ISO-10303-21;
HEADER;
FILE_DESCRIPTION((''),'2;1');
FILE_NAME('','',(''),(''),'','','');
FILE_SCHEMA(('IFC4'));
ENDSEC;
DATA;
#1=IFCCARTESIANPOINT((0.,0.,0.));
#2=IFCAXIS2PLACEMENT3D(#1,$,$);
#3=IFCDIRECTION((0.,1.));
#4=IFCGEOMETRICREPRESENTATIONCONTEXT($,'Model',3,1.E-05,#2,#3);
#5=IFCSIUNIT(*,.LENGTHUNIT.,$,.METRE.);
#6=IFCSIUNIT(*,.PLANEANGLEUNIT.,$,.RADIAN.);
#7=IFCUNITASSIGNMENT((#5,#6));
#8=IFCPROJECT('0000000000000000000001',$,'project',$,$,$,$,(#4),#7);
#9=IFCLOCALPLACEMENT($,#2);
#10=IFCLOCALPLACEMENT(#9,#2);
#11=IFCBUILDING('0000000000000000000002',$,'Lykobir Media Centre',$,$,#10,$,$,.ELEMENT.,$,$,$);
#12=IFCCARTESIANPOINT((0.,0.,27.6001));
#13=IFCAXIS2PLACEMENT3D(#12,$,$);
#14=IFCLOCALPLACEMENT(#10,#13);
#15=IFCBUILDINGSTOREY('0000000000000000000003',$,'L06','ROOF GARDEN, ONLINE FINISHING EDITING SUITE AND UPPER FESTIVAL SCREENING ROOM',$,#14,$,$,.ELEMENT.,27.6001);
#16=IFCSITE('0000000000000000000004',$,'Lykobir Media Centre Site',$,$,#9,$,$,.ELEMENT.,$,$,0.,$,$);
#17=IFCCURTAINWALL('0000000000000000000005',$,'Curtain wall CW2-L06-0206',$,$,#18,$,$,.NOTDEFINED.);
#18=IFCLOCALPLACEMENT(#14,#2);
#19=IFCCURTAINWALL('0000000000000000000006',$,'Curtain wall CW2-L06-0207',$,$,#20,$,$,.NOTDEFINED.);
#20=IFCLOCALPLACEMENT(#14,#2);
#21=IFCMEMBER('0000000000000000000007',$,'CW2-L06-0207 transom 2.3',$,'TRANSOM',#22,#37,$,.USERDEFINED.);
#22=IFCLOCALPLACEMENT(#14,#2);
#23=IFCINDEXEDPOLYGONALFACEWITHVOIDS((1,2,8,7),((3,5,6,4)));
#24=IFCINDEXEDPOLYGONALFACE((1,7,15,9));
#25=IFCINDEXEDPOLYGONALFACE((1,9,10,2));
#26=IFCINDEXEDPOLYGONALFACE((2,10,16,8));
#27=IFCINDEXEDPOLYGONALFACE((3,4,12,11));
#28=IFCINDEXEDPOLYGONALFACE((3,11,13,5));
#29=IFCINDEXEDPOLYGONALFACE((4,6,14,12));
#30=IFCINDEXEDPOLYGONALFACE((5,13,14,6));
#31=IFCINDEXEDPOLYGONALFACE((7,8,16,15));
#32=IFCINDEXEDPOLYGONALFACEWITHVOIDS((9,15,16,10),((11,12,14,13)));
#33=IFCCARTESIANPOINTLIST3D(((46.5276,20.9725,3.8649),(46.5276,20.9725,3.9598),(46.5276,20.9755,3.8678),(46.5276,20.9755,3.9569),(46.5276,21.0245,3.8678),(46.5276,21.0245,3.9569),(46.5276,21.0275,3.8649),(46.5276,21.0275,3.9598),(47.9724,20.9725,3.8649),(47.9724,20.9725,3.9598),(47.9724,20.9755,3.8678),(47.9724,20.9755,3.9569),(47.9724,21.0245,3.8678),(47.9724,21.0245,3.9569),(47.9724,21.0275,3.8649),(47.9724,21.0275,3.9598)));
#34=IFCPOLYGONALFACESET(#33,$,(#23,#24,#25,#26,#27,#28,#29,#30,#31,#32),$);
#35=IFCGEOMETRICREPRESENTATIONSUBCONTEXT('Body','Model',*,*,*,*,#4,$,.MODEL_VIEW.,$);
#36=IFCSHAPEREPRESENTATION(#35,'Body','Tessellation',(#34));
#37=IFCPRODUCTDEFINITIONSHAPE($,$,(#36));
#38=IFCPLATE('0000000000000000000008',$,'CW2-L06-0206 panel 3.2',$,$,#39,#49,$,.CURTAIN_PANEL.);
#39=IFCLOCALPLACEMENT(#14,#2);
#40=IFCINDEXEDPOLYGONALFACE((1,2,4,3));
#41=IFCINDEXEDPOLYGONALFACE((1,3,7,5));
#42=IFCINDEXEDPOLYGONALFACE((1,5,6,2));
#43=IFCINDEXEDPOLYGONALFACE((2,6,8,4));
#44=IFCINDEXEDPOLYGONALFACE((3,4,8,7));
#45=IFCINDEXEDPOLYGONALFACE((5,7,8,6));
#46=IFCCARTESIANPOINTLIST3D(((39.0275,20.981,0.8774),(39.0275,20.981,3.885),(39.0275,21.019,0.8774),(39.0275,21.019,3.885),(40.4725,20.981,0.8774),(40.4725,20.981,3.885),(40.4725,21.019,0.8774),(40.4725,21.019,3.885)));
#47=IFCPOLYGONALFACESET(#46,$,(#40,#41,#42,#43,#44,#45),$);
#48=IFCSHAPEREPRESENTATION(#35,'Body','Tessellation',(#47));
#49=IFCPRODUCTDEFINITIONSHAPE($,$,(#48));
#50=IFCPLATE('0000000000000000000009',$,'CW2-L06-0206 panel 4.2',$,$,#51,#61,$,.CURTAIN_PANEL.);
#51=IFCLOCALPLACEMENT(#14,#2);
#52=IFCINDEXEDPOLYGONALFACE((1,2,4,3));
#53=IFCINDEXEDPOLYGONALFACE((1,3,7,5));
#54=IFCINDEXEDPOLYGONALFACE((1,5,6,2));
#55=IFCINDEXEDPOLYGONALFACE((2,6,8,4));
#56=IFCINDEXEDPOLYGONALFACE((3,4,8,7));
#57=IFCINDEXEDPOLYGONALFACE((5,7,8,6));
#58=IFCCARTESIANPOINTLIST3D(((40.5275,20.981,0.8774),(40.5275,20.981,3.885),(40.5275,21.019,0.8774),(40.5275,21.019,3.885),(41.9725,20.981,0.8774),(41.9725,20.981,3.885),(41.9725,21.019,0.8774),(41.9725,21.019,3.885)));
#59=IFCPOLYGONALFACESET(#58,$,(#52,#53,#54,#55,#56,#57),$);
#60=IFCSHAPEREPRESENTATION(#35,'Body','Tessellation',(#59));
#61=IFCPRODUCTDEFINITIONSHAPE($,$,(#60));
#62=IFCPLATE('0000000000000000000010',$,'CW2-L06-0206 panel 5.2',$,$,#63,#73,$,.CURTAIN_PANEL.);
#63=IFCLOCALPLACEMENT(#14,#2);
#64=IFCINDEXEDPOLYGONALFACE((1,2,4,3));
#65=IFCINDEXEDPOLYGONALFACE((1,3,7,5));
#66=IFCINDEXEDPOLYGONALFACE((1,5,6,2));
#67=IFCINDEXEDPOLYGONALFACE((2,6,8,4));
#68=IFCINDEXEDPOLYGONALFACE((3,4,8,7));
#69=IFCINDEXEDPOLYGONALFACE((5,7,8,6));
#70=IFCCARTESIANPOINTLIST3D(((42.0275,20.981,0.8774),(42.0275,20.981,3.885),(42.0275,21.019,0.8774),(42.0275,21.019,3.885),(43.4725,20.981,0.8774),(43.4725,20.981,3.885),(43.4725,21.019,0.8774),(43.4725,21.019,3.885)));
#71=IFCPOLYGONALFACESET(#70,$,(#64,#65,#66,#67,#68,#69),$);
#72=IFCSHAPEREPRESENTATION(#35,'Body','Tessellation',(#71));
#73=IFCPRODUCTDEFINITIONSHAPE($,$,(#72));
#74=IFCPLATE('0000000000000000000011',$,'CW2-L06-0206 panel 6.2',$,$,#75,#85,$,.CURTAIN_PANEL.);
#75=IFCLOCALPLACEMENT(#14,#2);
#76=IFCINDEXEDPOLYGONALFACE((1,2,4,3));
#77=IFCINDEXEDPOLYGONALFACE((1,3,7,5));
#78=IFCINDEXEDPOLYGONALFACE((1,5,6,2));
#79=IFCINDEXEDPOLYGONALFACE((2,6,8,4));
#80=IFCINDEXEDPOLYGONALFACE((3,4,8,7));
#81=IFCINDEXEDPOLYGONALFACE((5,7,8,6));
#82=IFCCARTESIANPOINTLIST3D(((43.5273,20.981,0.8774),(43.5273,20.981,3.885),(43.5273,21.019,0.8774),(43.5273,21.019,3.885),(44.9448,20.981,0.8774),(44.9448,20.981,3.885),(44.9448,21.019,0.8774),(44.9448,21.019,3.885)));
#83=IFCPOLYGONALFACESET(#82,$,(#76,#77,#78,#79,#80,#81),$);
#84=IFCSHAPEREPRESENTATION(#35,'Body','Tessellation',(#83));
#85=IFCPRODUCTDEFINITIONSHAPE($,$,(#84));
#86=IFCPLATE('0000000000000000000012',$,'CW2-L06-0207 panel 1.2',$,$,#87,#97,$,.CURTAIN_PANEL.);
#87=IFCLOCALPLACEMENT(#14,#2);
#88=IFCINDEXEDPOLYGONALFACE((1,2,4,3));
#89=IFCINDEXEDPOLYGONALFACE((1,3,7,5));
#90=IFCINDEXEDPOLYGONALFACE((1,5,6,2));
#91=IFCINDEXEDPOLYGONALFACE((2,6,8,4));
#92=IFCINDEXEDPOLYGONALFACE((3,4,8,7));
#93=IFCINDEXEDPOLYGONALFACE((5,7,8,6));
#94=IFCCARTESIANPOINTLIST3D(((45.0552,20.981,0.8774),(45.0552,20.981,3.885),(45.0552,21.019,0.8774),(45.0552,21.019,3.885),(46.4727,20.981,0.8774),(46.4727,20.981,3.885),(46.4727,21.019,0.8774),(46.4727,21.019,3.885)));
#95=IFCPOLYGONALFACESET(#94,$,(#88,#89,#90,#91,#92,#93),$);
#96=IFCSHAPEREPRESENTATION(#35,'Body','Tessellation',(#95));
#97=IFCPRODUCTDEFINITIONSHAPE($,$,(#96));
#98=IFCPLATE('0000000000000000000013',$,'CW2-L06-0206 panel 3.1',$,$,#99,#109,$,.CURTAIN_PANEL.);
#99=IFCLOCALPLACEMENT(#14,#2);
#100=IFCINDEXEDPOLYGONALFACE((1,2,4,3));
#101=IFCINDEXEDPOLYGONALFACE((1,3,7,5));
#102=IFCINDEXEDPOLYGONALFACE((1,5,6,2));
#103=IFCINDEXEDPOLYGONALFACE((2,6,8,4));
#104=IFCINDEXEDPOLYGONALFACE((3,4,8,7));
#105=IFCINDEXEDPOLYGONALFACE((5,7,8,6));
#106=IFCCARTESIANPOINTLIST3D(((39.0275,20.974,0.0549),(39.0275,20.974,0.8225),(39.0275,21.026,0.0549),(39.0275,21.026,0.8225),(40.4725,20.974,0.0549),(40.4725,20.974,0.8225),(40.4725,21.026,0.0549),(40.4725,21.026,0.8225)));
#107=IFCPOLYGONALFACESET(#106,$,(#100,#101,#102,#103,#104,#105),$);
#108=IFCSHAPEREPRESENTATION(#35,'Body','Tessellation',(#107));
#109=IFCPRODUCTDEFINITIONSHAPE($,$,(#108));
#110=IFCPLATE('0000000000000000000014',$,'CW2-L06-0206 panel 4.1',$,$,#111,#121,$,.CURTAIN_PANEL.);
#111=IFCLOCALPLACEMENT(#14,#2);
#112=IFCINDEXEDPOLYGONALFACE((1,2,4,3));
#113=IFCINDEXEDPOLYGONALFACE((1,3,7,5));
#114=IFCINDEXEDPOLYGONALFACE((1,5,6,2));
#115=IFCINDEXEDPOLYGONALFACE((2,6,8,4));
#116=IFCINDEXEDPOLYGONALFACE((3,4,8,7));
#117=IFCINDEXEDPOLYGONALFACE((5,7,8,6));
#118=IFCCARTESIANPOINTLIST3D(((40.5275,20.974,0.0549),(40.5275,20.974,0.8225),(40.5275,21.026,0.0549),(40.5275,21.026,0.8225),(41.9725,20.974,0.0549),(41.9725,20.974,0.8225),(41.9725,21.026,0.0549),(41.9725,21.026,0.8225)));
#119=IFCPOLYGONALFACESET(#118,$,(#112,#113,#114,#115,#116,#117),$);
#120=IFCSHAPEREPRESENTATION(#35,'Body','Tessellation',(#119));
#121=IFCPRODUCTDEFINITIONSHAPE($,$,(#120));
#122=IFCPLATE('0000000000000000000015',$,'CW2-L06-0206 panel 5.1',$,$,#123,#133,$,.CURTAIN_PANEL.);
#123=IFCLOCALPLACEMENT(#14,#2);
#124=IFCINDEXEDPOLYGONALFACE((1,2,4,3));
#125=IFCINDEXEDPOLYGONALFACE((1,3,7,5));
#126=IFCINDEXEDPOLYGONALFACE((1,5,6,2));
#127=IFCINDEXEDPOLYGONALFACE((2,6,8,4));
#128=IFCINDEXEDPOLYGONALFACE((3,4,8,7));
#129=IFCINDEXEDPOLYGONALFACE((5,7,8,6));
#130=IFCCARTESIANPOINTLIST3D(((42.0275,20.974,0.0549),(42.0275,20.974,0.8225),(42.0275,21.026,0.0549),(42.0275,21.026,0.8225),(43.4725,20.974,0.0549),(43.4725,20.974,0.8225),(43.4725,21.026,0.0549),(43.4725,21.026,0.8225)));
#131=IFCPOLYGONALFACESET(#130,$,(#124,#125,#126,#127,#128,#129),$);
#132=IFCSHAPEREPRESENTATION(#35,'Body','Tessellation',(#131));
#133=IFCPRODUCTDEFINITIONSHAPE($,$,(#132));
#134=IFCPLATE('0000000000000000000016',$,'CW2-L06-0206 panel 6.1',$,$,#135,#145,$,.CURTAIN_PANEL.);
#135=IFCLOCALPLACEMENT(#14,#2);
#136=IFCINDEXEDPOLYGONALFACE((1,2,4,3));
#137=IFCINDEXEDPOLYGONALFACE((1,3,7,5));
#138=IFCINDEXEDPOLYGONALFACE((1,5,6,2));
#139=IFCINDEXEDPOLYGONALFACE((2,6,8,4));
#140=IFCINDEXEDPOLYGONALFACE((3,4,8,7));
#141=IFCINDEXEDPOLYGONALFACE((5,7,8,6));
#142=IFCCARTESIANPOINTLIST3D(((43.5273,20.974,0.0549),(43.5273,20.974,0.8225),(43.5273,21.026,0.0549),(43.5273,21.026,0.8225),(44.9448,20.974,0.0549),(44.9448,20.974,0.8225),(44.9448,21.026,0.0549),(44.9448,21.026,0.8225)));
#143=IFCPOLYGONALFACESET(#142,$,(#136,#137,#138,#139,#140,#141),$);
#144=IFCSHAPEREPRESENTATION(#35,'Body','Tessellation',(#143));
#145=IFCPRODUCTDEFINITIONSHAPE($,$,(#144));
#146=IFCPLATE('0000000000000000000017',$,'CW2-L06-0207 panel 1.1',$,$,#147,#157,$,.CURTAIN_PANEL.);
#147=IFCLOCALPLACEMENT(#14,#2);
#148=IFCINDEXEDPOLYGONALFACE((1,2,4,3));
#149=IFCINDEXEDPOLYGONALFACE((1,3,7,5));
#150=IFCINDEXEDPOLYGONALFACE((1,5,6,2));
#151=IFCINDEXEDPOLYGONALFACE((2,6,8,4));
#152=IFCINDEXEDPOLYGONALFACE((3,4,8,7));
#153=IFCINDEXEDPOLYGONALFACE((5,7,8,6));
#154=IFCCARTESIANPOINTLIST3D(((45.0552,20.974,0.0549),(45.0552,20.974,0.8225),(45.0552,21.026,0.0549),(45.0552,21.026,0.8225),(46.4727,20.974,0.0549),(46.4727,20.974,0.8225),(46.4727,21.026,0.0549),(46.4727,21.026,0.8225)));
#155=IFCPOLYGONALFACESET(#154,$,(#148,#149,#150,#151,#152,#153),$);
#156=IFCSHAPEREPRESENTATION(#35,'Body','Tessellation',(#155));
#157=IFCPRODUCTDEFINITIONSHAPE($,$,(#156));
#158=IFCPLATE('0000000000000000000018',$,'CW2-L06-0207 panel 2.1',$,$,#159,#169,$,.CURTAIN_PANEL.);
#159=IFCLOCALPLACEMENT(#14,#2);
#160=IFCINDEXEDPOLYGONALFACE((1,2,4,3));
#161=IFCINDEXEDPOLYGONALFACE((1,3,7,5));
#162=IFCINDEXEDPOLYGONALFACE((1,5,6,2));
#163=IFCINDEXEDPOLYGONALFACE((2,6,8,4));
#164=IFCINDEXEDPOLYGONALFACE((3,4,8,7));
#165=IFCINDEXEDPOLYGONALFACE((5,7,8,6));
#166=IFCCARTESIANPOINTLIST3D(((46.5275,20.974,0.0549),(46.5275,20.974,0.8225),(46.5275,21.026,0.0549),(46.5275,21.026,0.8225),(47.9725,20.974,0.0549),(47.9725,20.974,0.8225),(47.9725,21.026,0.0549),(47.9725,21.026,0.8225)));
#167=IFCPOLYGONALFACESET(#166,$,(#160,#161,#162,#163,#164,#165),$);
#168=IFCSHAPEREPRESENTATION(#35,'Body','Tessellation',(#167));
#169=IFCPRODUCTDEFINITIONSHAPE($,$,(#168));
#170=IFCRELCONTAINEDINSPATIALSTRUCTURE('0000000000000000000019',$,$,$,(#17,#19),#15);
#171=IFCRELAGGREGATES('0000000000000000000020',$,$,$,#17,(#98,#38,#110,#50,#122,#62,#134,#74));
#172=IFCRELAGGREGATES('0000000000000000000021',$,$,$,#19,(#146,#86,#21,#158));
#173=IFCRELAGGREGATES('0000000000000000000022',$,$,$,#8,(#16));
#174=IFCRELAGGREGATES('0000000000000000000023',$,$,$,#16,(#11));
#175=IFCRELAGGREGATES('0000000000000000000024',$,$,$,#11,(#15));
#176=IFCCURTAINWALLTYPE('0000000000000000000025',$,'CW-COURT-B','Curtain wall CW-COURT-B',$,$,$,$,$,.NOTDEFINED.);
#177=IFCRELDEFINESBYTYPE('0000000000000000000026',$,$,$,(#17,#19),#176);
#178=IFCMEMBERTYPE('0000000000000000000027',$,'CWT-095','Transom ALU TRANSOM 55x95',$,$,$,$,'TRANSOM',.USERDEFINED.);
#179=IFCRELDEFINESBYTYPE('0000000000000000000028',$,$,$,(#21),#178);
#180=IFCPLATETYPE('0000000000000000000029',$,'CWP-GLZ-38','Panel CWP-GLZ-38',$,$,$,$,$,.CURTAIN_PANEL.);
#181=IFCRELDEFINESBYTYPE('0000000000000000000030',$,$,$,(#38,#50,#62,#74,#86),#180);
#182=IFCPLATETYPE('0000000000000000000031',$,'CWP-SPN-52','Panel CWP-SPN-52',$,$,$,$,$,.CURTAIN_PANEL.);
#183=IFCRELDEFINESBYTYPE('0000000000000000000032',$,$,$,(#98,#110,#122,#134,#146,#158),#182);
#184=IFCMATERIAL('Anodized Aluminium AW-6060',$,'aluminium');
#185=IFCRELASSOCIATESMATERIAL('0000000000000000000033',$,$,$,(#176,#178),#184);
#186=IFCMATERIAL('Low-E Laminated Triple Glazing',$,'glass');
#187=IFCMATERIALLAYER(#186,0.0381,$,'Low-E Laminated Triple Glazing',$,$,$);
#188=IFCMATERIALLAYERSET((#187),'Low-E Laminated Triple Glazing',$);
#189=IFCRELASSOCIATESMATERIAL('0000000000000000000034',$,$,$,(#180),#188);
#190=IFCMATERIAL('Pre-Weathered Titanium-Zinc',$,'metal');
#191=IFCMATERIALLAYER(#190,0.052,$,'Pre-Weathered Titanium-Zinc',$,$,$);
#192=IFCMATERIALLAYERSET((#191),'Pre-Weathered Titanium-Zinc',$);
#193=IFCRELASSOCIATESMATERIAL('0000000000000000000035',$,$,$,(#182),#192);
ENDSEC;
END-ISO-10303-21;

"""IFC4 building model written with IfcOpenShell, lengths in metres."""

from ifc_helpers import new_model, si_unit, direction, frame, origin, origin_2d, place, context, subcontext, project, spatial, rectangle, hollow_rectangle, extrude, material, layer, layer_set, material_profile, profile_set, type_object, element, aggregate, save


model = new_model("IFC4")

# Units and contexts
model_context = context("Model", 3, precision=1e-05, world=origin(), true_north=direction((0.0, 1.0)))
body_context = subcontext(model_context, "Body", "Model", "MODEL_VIEW")
ifc_project = project(units=[si_unit("LENGTHUNIT", "METRE"), si_unit("PLANEANGLEUNIT", "RADIAN")], contexts=[model_context])

# Site, building, storey
site_placement = place(None, origin())
site = spatial("IfcSite", under=ifc_project, at=site_placement, Name="Lykobir Media Centre Site", CompositionType="ELEMENT", RefElevation=0.0)
building_placement = place(site_placement, origin())
building = spatial("IfcBuilding", under=site, at=building_placement, Name="Lykobir Media Centre", CompositionType="ELEMENT")
storey_placement = place(building_placement, frame((0.0, 0.0, 27.6001)))
storey = spatial("IfcBuildingStorey", under=building, at=storey_placement, Name="L06", Description="ROOF GARDEN, ONLINE FINISHING EDITING SUITE AND UPPER FESTIVAL SCREENING ROOM", CompositionType="ELEMENT", Elevation=27.6001)

# Curtain walls
ifc_material_1 = material(Name="Anodized Aluminium AW-6060", Category="aluminium")
curtain_wall_type = type_object("IfcCurtainWallType", Name="CW-COURT-B", Description="Curtain wall CW-COURT-B", PredefinedType="NOTDEFINED", material=ifc_material_1)
curtain_wall_1_placement = place(storey_placement, origin())
curtain_wall_1 = element("IfcCurtainWall", 1, at=curtain_wall_1_placement, inside=storey, type_object=curtain_wall_type, Name="Curtain wall CW2-L06-0206", PredefinedType="NOTDEFINED")
curtain_wall_2_placement = place(storey_placement, origin())
curtain_wall_2 = element("IfcCurtainWall", 2, at=curtain_wall_2_placement, inside=storey, type_object=curtain_wall_type, Name="Curtain wall CW2-L06-0207", PredefinedType="NOTDEFINED")

# Member
ifc_material_profile_1 = material_profile(ifc_material_1, hollow_rectangle(XDim=0.0549, YDim=0.095, WallThickness=0.0029, at=origin_2d()), Name="ALU TRANSOM 55x95")
ifc_profile_set_1 = profile_set([ifc_material_profile_1], Name="Anodized Aluminium AW-6060")
member_type_1 = type_object("IfcMemberType", Name="CWT-095", Description="Transom ALU TRANSOM 55x95", ElementType="TRANSOM", PredefinedType="USERDEFINED", material=ifc_profile_set_1)
member_1_placement = place(storey_placement, frame((46.5276, 21.0, 3.9124), z_axis=(1.0, 0.0, 0.0), x_axis=(0.0, 1.0, 0.0)))
member_1 = element("IfcMember", 3, at=member_1_placement, type_object=member_type_1, Name="CW2-L06-0207 transom 2.3", ObjectType="TRANSOM", PredefinedType="USERDEFINED", context=body_context, shape_type="SweptSolid", body=[
    extrude(hollow_rectangle(XDim=0.0549, YDim=0.095, WallThickness=0.0029, at=origin_2d()), origin(), (0.0, 0.0, 1.0), 1.4448),
])

# Plates
ifc_material_2 = material(Name="Low-E Laminated Triple Glazing", Category="glass")
ifc_layer_1 = layer(ifc_material_2, 0.0381, Name="Low-E Laminated Triple Glazing")
ifc_layer_set_1 = layer_set([ifc_layer_1], Name="Low-E Laminated Triple Glazing")
plate_type_1 = type_object("IfcPlateType", Name="CWP-GLZ-38", Description="Panel CWP-GLZ-38", PredefinedType="CURTAIN_PANEL", material=ifc_layer_set_1)
plate_1_placement = place(storey_placement, frame((39.75, 21.0, 0.8774), z_axis=(0.0, 0.0, 1.0), x_axis=(1.0, 0.0, 0.0)))
plate_1 = element("IfcPlate", 4, at=plate_1_placement, type_object=plate_type_1, Name="CW2-L06-0206 panel 3.2", PredefinedType="CURTAIN_PANEL", context=body_context, shape_type="SweptSolid", body=[
    extrude(rectangle(XDim=1.4451, YDim=0.0381, at=origin_2d()), origin(), (0.0, 0.0, 1.0), 3.0076),
])
plate_2_placement = place(storey_placement, frame((41.25, 21.0, 0.8774), z_axis=(0.0, 0.0, 1.0), x_axis=(1.0, 0.0, 0.0)))
plate_2 = element("IfcPlate", 5, at=plate_2_placement, type_object=plate_type_1, Name="CW2-L06-0206 panel 4.2", PredefinedType="CURTAIN_PANEL", context=body_context, shape_type="SweptSolid", body=[
    extrude(rectangle(XDim=1.4451, YDim=0.0381, at=origin_2d()), origin(), (0.0, 0.0, 1.0), 3.0076),
])
plate_3_placement = place(storey_placement, frame((42.75, 21.0, 0.8774), z_axis=(0.0, 0.0, 1.0), x_axis=(1.0, 0.0, 0.0)))
plate_3 = element("IfcPlate", 6, at=plate_3_placement, type_object=plate_type_1, Name="CW2-L06-0206 panel 5.2", PredefinedType="CURTAIN_PANEL", context=body_context, shape_type="SweptSolid", body=[
    extrude(rectangle(XDim=1.4451, YDim=0.0381, at=origin_2d()), origin(), (0.0, 0.0, 1.0), 3.0076),
])
plate_4_placement = place(storey_placement, frame((44.2361, 21.0, 0.8774), z_axis=(0.0, 0.0, 1.0), x_axis=(1.0, 0.0, 0.0)))
plate_4 = element("IfcPlate", 7, at=plate_4_placement, type_object=plate_type_1, Name="CW2-L06-0206 panel 6.2", PredefinedType="CURTAIN_PANEL", context=body_context, shape_type="SweptSolid", body=[
    extrude(rectangle(XDim=1.4175, YDim=0.0381, at=origin_2d()), origin(), (0.0, 0.0, 1.0), 3.0076),
])
plate_5_placement = place(storey_placement, frame((45.7639, 21.0, 0.8774), z_axis=(0.0, 0.0, 1.0), x_axis=(1.0, 0.0, 0.0)))
plate_5 = element("IfcPlate", 8, at=plate_5_placement, type_object=plate_type_1, Name="CW2-L06-0207 panel 1.2", PredefinedType="CURTAIN_PANEL", context=body_context, shape_type="SweptSolid", body=[
    extrude(rectangle(XDim=1.4175, YDim=0.0381, at=origin_2d()), origin(), (0.0, 0.0, 1.0), 3.0076),
])
ifc_material_3 = material(Name="Pre-Weathered Titanium-Zinc", Category="metal")
ifc_layer_2 = layer(ifc_material_3, 0.052, Name="Pre-Weathered Titanium-Zinc")
ifc_layer_set_2 = layer_set([ifc_layer_2], Name="Pre-Weathered Titanium-Zinc")
plate_type_2 = type_object("IfcPlateType", Name="CWP-SPN-52", Description="Panel CWP-SPN-52", PredefinedType="CURTAIN_PANEL", material=ifc_layer_set_2)
plate_6_placement = place(storey_placement, frame((39.75, 21.0, 0.0549), z_axis=(0.0, 0.0, 1.0), x_axis=(1.0, 0.0, 0.0)))
plate_6 = element("IfcPlate", 9, at=plate_6_placement, type_object=plate_type_2, Name="CW2-L06-0206 panel 3.1", PredefinedType="CURTAIN_PANEL", context=body_context, shape_type="SweptSolid", body=[
    extrude(rectangle(XDim=1.4451, YDim=0.052, at=origin_2d()), origin(), (0.0, 0.0, 1.0), 0.7676),
])
plate_7_placement = place(storey_placement, frame((41.25, 21.0, 0.0549), z_axis=(0.0, 0.0, 1.0), x_axis=(1.0, 0.0, 0.0)))
plate_7 = element("IfcPlate", 10, at=plate_7_placement, type_object=plate_type_2, Name="CW2-L06-0206 panel 4.1", PredefinedType="CURTAIN_PANEL", context=body_context, shape_type="SweptSolid", body=[
    extrude(rectangle(XDim=1.4451, YDim=0.052, at=origin_2d()), origin(), (0.0, 0.0, 1.0), 0.7676),
])
plate_8_placement = place(storey_placement, frame((42.75, 21.0, 0.0549), z_axis=(0.0, 0.0, 1.0), x_axis=(1.0, 0.0, 0.0)))
plate_8 = element("IfcPlate", 11, at=plate_8_placement, type_object=plate_type_2, Name="CW2-L06-0206 panel 5.1", PredefinedType="CURTAIN_PANEL", context=body_context, shape_type="SweptSolid", body=[
    extrude(rectangle(XDim=1.4451, YDim=0.052, at=origin_2d()), origin(), (0.0, 0.0, 1.0), 0.7676),
])
plate_9_placement = place(storey_placement, frame((44.2361, 21.0, 0.0549), z_axis=(0.0, 0.0, 1.0), x_axis=(1.0, 0.0, 0.0)))
plate_9 = element("IfcPlate", 12, at=plate_9_placement, type_object=plate_type_2, Name="CW2-L06-0206 panel 6.1", PredefinedType="CURTAIN_PANEL", context=body_context, shape_type="SweptSolid", body=[
    extrude(rectangle(XDim=1.4175, YDim=0.052, at=origin_2d()), origin(), (0.0, 0.0, 1.0), 0.7676),
])
aggregate(curtain_wall_1, [plate_6, plate_1, plate_7, plate_2, plate_8, plate_3, plate_9, plate_4])
plate_10_placement = place(storey_placement, frame((45.7639, 21.0, 0.0549), z_axis=(0.0, 0.0, 1.0), x_axis=(1.0, 0.0, 0.0)))
plate_10 = element("IfcPlate", 13, at=plate_10_placement, type_object=plate_type_2, Name="CW2-L06-0207 panel 1.1", PredefinedType="CURTAIN_PANEL", context=body_context, shape_type="SweptSolid", body=[
    extrude(rectangle(XDim=1.4175, YDim=0.052, at=origin_2d()), origin(), (0.0, 0.0, 1.0), 0.7676),
])
plate_11_placement = place(storey_placement, frame((47.25, 21.0, 0.0549), z_axis=(0.0, 0.0, 1.0), x_axis=(1.0, 0.0, 0.0)))
plate_11 = element("IfcPlate", 14, at=plate_11_placement, type_object=plate_type_2, Name="CW2-L06-0207 panel 2.1", PredefinedType="CURTAIN_PANEL", context=body_context, shape_type="SweptSolid", body=[
    extrude(rectangle(XDim=1.4451, YDim=0.052, at=origin_2d()), origin(), (0.0, 0.0, 1.0), 0.7676),
])
aggregate(curtain_wall_2, [plate_10, plate_5, member_1, plate_11])

save(model, "model.ifc")
